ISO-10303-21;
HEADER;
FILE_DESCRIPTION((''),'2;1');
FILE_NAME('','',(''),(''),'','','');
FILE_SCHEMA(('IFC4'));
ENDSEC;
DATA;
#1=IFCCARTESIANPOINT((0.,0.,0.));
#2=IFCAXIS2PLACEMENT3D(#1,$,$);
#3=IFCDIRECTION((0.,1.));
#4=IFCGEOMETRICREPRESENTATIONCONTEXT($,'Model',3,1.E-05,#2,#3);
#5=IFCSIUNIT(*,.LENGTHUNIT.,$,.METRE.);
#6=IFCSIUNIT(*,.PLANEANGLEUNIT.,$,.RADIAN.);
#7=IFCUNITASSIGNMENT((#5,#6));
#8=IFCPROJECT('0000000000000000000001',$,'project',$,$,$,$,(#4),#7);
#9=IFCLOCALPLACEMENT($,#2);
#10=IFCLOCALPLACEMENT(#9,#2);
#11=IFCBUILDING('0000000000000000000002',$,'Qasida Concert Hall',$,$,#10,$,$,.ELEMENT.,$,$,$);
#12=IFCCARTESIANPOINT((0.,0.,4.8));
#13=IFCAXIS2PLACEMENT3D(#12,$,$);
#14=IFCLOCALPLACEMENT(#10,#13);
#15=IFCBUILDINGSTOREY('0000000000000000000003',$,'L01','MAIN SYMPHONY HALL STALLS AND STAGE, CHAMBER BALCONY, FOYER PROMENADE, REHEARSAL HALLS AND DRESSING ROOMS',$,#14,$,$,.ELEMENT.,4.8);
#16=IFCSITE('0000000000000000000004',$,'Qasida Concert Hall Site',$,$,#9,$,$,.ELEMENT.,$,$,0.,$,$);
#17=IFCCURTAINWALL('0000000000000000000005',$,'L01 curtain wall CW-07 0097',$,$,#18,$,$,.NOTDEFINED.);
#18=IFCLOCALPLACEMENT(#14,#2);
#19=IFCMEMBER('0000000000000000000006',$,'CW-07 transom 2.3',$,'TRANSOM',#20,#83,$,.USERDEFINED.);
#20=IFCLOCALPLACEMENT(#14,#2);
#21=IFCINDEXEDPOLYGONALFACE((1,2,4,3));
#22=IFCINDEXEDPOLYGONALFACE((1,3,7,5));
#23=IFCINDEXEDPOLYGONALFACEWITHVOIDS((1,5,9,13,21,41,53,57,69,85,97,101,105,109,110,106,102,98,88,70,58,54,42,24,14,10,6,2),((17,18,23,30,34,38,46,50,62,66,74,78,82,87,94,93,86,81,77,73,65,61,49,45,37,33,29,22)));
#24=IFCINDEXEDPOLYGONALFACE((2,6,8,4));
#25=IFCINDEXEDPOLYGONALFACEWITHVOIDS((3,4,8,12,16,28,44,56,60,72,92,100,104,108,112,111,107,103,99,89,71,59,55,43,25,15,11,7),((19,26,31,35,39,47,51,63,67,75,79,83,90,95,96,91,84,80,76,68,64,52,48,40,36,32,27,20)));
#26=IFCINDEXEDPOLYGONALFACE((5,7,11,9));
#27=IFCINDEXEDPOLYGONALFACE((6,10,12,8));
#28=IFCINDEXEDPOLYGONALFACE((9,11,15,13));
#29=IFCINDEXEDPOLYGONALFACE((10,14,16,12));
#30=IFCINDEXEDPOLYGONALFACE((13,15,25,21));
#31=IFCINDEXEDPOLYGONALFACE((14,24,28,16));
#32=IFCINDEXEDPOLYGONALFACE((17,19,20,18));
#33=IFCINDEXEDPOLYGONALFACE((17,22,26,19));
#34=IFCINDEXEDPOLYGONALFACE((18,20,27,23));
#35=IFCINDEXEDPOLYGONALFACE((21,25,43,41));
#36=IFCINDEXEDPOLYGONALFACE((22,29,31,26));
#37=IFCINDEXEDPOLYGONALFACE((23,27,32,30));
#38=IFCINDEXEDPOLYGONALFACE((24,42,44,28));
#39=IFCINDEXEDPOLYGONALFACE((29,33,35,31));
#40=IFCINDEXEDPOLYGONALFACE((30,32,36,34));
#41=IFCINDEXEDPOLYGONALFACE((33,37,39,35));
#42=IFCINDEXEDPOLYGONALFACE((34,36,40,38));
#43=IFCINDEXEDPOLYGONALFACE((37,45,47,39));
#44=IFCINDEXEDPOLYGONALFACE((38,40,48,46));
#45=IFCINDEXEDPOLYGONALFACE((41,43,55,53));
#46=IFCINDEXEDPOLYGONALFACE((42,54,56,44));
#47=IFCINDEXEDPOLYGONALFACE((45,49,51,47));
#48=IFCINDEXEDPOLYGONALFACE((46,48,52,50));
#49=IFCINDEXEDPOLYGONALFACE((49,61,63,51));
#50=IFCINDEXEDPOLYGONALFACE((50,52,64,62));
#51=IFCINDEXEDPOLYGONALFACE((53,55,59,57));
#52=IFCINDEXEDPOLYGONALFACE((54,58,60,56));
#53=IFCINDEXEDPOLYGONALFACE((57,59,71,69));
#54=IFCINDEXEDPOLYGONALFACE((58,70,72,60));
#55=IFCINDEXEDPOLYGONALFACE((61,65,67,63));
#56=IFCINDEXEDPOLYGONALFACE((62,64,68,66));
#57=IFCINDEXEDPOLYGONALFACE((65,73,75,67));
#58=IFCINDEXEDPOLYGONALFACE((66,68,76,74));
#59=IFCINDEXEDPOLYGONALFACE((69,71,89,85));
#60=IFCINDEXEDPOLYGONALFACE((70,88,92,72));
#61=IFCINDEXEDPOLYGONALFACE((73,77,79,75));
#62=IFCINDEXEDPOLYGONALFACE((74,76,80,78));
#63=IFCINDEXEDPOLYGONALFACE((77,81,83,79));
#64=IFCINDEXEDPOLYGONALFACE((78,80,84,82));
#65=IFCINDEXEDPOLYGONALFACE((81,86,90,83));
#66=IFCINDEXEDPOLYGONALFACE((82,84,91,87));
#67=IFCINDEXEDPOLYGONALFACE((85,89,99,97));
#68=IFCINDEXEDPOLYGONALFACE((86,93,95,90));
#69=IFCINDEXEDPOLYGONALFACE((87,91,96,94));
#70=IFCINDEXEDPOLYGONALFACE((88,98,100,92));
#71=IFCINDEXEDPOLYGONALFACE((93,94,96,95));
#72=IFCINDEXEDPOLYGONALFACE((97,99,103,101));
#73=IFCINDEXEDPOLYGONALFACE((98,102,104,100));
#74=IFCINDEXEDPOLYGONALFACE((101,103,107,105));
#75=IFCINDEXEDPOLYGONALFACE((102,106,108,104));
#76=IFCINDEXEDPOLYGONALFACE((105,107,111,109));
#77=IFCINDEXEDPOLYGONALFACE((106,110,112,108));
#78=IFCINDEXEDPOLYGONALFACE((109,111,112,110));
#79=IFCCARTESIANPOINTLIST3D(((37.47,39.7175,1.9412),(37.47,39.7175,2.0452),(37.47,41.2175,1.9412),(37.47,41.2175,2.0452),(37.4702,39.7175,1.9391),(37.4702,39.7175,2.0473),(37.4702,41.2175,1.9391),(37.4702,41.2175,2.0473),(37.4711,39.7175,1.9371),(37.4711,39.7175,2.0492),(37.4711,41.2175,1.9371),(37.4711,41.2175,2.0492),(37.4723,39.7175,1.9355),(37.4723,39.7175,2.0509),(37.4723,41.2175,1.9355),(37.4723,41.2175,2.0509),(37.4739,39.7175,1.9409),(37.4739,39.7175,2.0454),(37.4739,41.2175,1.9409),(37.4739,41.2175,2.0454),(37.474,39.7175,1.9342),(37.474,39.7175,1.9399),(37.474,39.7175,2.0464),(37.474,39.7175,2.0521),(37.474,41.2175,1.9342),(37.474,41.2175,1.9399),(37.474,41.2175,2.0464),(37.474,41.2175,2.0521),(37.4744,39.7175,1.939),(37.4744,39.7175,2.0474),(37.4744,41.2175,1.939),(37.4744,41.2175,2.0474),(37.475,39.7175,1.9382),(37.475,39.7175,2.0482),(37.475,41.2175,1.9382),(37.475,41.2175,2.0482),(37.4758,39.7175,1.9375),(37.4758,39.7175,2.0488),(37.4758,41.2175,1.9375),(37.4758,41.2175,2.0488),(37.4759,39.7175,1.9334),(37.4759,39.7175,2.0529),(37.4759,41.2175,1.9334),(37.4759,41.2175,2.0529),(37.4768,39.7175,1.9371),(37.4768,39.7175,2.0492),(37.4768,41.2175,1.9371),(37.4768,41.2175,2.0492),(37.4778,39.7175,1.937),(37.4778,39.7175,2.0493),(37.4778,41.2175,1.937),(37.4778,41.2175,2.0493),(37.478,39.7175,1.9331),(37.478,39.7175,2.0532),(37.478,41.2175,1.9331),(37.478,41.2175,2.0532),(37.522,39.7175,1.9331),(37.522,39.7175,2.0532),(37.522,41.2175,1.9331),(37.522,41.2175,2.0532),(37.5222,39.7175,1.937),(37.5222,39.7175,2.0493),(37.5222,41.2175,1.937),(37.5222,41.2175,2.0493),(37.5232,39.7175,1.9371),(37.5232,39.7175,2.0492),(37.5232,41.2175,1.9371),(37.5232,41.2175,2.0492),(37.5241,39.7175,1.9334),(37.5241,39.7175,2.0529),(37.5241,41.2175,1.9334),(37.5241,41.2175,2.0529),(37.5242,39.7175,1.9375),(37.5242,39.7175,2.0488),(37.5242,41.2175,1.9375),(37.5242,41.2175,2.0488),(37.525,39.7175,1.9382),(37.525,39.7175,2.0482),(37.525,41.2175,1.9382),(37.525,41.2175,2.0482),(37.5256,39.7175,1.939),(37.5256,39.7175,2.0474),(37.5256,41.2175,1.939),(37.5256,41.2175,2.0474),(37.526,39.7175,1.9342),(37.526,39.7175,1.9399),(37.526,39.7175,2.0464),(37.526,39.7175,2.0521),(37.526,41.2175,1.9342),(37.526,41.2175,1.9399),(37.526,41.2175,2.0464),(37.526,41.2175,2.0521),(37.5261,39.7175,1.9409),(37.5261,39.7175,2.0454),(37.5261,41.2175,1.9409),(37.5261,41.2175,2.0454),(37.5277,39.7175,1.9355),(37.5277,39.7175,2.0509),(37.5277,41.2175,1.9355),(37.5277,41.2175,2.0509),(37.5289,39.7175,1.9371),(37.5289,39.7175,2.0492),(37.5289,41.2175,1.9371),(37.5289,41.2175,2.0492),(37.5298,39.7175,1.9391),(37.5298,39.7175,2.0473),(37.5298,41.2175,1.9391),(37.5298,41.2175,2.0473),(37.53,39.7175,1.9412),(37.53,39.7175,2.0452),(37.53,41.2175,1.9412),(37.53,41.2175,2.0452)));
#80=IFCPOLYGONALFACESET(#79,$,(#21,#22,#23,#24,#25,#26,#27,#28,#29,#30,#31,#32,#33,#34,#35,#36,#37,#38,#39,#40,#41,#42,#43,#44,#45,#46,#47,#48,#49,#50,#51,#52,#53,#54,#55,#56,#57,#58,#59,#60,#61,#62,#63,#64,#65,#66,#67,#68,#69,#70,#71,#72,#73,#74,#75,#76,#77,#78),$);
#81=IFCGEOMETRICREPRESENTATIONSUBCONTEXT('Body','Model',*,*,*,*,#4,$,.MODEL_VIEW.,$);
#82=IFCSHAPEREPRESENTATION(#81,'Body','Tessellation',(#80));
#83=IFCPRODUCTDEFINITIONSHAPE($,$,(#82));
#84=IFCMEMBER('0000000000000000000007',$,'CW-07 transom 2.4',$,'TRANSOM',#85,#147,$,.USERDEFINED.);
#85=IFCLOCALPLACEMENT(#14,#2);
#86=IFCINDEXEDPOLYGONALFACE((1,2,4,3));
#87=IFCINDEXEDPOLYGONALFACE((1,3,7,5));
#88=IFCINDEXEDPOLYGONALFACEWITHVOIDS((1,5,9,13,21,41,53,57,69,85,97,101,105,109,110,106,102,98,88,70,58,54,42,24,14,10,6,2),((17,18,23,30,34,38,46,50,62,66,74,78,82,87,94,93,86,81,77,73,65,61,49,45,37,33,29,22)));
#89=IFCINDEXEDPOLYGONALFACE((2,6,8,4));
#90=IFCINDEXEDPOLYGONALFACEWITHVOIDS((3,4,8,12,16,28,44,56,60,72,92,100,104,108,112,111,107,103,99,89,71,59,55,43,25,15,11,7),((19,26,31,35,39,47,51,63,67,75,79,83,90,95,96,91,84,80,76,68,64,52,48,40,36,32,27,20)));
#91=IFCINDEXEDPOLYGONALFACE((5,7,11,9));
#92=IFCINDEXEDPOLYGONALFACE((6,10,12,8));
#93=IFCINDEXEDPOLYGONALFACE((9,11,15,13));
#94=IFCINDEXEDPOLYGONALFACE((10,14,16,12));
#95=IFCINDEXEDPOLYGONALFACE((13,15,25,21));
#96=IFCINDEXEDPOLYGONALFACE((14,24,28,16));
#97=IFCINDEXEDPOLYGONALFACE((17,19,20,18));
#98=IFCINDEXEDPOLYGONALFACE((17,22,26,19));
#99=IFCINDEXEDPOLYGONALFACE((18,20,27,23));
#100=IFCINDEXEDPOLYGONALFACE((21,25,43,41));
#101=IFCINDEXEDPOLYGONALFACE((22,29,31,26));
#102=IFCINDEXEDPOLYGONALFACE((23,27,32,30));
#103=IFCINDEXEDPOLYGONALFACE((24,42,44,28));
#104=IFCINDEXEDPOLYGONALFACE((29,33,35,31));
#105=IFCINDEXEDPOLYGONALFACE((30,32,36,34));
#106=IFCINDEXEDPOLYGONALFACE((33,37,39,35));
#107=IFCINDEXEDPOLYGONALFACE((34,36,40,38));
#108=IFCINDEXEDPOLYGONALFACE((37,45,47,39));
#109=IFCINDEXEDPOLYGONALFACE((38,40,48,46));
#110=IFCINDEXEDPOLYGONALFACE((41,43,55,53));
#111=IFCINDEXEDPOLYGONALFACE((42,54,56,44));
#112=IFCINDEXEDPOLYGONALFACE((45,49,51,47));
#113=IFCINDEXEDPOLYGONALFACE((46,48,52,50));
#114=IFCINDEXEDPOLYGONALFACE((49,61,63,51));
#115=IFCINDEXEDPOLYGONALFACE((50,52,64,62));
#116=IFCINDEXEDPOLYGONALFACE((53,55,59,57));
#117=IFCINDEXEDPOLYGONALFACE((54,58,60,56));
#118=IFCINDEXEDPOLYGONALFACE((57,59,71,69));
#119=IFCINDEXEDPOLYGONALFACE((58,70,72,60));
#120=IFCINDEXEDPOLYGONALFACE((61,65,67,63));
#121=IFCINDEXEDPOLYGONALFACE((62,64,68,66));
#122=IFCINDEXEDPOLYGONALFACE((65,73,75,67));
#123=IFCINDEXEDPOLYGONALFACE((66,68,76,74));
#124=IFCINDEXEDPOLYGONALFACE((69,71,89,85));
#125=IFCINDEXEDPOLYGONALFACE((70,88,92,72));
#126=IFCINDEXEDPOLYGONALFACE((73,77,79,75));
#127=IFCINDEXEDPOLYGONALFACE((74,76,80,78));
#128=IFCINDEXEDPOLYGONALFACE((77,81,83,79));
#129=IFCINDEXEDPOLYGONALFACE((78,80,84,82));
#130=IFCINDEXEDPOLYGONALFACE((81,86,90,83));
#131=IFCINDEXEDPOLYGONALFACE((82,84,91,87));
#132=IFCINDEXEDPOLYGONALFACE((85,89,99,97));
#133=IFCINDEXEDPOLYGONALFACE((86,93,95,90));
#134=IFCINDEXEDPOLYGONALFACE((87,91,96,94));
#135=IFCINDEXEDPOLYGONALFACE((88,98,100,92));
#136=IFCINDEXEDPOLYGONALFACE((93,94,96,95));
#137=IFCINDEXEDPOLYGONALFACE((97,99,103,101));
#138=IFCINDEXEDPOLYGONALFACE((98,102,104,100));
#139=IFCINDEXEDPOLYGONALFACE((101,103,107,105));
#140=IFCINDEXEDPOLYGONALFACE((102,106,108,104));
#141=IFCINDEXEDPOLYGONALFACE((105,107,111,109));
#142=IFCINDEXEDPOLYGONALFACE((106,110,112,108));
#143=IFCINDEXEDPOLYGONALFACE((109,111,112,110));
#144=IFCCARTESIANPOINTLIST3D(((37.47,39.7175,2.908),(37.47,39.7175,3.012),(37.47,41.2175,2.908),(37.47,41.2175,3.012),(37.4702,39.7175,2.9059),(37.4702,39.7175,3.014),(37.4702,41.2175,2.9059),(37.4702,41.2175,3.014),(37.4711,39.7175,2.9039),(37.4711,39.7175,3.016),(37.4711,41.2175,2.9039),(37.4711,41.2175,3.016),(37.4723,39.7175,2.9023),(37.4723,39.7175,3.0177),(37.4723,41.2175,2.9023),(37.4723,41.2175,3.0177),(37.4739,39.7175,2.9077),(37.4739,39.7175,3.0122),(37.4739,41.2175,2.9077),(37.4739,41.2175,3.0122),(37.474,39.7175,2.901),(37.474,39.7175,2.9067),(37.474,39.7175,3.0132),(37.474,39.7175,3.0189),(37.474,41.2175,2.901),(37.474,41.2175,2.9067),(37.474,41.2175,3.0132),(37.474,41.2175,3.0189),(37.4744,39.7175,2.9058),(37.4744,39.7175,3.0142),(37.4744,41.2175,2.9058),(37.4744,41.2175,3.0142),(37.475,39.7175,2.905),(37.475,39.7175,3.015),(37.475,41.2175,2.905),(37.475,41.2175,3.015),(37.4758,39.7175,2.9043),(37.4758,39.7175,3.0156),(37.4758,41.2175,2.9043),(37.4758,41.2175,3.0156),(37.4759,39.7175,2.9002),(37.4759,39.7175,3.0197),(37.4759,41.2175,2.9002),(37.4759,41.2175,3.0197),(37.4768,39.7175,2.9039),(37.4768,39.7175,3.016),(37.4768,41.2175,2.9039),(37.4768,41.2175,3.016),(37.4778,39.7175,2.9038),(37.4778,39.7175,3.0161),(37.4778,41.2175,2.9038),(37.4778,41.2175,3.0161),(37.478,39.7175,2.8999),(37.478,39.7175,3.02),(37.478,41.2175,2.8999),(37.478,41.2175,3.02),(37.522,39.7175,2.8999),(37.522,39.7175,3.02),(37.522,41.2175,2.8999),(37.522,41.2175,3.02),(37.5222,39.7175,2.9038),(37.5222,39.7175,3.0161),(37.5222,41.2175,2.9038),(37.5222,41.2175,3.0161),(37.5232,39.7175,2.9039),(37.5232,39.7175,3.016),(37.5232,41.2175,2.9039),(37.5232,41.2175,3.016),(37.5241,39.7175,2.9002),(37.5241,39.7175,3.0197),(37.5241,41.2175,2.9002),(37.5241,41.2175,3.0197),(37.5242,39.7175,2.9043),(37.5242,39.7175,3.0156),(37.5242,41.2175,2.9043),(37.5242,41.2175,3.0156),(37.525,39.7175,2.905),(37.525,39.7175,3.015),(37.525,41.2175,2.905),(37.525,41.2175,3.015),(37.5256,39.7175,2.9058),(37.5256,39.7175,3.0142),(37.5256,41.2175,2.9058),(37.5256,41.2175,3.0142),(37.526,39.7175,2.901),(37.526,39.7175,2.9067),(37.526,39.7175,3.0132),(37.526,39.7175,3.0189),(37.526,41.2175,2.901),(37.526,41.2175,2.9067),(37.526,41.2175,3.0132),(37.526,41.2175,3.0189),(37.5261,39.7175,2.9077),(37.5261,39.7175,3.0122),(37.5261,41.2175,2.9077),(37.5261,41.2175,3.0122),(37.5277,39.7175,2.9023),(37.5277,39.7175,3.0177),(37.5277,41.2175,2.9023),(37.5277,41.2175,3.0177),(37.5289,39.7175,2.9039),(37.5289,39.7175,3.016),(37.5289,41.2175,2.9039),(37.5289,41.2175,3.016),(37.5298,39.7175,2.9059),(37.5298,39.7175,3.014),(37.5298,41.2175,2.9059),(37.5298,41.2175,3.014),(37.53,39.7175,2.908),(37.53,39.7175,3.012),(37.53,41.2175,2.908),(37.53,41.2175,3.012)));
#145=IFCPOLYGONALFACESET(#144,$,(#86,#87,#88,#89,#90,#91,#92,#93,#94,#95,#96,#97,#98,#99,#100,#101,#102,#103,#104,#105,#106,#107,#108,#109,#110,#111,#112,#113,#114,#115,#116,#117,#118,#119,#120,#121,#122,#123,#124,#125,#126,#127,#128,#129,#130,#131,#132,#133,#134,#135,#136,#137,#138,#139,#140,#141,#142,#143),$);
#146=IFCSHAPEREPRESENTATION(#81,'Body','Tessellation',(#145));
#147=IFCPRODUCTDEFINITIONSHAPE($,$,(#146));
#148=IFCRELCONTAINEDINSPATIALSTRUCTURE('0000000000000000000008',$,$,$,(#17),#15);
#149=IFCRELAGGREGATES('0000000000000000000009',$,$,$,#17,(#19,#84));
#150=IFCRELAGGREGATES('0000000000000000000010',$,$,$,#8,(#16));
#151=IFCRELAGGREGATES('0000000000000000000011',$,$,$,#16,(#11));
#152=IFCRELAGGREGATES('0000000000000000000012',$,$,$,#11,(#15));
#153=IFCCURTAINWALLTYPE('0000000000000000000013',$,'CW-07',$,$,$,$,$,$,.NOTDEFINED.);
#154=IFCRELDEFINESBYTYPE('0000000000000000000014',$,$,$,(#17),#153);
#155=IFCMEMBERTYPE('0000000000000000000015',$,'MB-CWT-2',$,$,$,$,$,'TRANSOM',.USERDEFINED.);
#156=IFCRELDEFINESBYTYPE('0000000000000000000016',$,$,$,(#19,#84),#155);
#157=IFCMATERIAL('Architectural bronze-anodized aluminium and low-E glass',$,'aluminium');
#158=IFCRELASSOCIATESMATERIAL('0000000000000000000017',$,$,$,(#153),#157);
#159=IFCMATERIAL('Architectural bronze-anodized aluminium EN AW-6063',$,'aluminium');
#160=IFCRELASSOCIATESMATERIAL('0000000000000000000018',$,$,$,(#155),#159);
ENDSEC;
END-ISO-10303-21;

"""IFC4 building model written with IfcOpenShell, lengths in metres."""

from ifc_helpers import new_model, si_unit, direction, frame, origin, origin_2d, place, context, subcontext, project, spatial, hollow_rectangle, extrude, material, material_profile, profile_set, type_object, element, aggregate, save


model = new_model("IFC4")

# Units and contexts
model_context = context("Model", 3, precision=1e-05, world=origin(), true_north=direction((0.0, 1.0)))
body_context = subcontext(model_context, "Body", "Model", "MODEL_VIEW")
ifc_project = project(units=[si_unit("LENGTHUNIT", "METRE"), si_unit("PLANEANGLEUNIT", "RADIAN")], contexts=[model_context])

# Site, building, storey
site_placement = place(None, origin())
site = spatial("IfcSite", under=ifc_project, at=site_placement, Name="Qasida Concert Hall Site", CompositionType="ELEMENT", RefElevation=0.0)
building_placement = place(site_placement, origin())
building = spatial("IfcBuilding", under=site, at=building_placement, Name="Qasida Concert Hall", CompositionType="ELEMENT")
storey_placement = place(building_placement, frame((0.0, 0.0, 4.8)))
storey = spatial("IfcBuildingStorey", under=building, at=storey_placement, Name="L01", Description="MAIN SYMPHONY HALL STALLS AND STAGE, CHAMBER BALCONY, FOYER PROMENADE, REHEARSAL HALLS AND DRESSING ROOMS", CompositionType="ELEMENT", Elevation=4.8)

# Curtain wall, members
ifc_material_1 = material(Name="Architectural bronze-anodized aluminium and low-E glass", Category="aluminium")
curtain_wall_type = type_object("IfcCurtainWallType", Name="CW-07", PredefinedType="NOTDEFINED", material=ifc_material_1)
curtain_wall_placement = place(storey_placement, origin())
curtain_wall = element("IfcCurtainWall", 1, at=curtain_wall_placement, inside=storey, type_object=curtain_wall_type, Name="L01 curtain wall CW-07 0097", PredefinedType="NOTDEFINED")
ifc_material_2 = material(Name="Architectural bronze-anodized aluminium EN AW-6063", Category="aluminium")
ifc_material_profile_1 = material_profile(ifc_material_2, hollow_rectangle(XDim=0.0601, YDim=0.1201, WallThickness=0.0039, InnerFilletRadius=0.0039, OuterFilletRadius=0.0081, at=origin_2d()), Name="CWT 120x60x4")
ifc_profile_set_1 = profile_set([ifc_material_profile_1], Name="Architectural bronze-anodized aluminium EN AW-6063")
member_type_1 = type_object("IfcMemberType", Name="MB-CWT-2", ElementType="TRANSOM", PredefinedType="USERDEFINED", material=ifc_profile_set_1)
member_1_placement = place(storey_placement, frame((37.5, 39.7175, 1.9932), z_axis=(0.0, 1.0, 0.0), x_axis=(-1.0, 0.0, 0.0)))
member_1 = element("IfcMember", 2, at=member_1_placement, type_object=member_type_1, Name="CW-07 transom 2.3", ObjectType="TRANSOM", PredefinedType="USERDEFINED", context=body_context, shape_type="SweptSolid", body=[
    extrude(hollow_rectangle(XDim=0.0601, YDim=0.1201, WallThickness=0.0039, InnerFilletRadius=0.0039, OuterFilletRadius=0.0081, at=origin_2d()), origin(), (0.0, 0.0, 1.0), 1.5),
])
member_2_placement = place(storey_placement, frame((37.5, 39.7175, 2.96), z_axis=(0.0, 1.0, 0.0), x_axis=(-1.0, 0.0, 0.0)))
member_2 = element("IfcMember", 3, at=member_2_placement, type_object=member_type_1, Name="CW-07 transom 2.4", ObjectType="TRANSOM", PredefinedType="USERDEFINED", context=body_context, shape_type="SweptSolid", body=[
    extrude(hollow_rectangle(XDim=0.0601, YDim=0.1201, WallThickness=0.0039, InnerFilletRadius=0.0039, OuterFilletRadius=0.0081, at=origin_2d()), origin(), (0.0, 0.0, 1.0), 1.5),
])
aggregate(curtain_wall, [member_1, member_2])

save(model, "model.ifc")
